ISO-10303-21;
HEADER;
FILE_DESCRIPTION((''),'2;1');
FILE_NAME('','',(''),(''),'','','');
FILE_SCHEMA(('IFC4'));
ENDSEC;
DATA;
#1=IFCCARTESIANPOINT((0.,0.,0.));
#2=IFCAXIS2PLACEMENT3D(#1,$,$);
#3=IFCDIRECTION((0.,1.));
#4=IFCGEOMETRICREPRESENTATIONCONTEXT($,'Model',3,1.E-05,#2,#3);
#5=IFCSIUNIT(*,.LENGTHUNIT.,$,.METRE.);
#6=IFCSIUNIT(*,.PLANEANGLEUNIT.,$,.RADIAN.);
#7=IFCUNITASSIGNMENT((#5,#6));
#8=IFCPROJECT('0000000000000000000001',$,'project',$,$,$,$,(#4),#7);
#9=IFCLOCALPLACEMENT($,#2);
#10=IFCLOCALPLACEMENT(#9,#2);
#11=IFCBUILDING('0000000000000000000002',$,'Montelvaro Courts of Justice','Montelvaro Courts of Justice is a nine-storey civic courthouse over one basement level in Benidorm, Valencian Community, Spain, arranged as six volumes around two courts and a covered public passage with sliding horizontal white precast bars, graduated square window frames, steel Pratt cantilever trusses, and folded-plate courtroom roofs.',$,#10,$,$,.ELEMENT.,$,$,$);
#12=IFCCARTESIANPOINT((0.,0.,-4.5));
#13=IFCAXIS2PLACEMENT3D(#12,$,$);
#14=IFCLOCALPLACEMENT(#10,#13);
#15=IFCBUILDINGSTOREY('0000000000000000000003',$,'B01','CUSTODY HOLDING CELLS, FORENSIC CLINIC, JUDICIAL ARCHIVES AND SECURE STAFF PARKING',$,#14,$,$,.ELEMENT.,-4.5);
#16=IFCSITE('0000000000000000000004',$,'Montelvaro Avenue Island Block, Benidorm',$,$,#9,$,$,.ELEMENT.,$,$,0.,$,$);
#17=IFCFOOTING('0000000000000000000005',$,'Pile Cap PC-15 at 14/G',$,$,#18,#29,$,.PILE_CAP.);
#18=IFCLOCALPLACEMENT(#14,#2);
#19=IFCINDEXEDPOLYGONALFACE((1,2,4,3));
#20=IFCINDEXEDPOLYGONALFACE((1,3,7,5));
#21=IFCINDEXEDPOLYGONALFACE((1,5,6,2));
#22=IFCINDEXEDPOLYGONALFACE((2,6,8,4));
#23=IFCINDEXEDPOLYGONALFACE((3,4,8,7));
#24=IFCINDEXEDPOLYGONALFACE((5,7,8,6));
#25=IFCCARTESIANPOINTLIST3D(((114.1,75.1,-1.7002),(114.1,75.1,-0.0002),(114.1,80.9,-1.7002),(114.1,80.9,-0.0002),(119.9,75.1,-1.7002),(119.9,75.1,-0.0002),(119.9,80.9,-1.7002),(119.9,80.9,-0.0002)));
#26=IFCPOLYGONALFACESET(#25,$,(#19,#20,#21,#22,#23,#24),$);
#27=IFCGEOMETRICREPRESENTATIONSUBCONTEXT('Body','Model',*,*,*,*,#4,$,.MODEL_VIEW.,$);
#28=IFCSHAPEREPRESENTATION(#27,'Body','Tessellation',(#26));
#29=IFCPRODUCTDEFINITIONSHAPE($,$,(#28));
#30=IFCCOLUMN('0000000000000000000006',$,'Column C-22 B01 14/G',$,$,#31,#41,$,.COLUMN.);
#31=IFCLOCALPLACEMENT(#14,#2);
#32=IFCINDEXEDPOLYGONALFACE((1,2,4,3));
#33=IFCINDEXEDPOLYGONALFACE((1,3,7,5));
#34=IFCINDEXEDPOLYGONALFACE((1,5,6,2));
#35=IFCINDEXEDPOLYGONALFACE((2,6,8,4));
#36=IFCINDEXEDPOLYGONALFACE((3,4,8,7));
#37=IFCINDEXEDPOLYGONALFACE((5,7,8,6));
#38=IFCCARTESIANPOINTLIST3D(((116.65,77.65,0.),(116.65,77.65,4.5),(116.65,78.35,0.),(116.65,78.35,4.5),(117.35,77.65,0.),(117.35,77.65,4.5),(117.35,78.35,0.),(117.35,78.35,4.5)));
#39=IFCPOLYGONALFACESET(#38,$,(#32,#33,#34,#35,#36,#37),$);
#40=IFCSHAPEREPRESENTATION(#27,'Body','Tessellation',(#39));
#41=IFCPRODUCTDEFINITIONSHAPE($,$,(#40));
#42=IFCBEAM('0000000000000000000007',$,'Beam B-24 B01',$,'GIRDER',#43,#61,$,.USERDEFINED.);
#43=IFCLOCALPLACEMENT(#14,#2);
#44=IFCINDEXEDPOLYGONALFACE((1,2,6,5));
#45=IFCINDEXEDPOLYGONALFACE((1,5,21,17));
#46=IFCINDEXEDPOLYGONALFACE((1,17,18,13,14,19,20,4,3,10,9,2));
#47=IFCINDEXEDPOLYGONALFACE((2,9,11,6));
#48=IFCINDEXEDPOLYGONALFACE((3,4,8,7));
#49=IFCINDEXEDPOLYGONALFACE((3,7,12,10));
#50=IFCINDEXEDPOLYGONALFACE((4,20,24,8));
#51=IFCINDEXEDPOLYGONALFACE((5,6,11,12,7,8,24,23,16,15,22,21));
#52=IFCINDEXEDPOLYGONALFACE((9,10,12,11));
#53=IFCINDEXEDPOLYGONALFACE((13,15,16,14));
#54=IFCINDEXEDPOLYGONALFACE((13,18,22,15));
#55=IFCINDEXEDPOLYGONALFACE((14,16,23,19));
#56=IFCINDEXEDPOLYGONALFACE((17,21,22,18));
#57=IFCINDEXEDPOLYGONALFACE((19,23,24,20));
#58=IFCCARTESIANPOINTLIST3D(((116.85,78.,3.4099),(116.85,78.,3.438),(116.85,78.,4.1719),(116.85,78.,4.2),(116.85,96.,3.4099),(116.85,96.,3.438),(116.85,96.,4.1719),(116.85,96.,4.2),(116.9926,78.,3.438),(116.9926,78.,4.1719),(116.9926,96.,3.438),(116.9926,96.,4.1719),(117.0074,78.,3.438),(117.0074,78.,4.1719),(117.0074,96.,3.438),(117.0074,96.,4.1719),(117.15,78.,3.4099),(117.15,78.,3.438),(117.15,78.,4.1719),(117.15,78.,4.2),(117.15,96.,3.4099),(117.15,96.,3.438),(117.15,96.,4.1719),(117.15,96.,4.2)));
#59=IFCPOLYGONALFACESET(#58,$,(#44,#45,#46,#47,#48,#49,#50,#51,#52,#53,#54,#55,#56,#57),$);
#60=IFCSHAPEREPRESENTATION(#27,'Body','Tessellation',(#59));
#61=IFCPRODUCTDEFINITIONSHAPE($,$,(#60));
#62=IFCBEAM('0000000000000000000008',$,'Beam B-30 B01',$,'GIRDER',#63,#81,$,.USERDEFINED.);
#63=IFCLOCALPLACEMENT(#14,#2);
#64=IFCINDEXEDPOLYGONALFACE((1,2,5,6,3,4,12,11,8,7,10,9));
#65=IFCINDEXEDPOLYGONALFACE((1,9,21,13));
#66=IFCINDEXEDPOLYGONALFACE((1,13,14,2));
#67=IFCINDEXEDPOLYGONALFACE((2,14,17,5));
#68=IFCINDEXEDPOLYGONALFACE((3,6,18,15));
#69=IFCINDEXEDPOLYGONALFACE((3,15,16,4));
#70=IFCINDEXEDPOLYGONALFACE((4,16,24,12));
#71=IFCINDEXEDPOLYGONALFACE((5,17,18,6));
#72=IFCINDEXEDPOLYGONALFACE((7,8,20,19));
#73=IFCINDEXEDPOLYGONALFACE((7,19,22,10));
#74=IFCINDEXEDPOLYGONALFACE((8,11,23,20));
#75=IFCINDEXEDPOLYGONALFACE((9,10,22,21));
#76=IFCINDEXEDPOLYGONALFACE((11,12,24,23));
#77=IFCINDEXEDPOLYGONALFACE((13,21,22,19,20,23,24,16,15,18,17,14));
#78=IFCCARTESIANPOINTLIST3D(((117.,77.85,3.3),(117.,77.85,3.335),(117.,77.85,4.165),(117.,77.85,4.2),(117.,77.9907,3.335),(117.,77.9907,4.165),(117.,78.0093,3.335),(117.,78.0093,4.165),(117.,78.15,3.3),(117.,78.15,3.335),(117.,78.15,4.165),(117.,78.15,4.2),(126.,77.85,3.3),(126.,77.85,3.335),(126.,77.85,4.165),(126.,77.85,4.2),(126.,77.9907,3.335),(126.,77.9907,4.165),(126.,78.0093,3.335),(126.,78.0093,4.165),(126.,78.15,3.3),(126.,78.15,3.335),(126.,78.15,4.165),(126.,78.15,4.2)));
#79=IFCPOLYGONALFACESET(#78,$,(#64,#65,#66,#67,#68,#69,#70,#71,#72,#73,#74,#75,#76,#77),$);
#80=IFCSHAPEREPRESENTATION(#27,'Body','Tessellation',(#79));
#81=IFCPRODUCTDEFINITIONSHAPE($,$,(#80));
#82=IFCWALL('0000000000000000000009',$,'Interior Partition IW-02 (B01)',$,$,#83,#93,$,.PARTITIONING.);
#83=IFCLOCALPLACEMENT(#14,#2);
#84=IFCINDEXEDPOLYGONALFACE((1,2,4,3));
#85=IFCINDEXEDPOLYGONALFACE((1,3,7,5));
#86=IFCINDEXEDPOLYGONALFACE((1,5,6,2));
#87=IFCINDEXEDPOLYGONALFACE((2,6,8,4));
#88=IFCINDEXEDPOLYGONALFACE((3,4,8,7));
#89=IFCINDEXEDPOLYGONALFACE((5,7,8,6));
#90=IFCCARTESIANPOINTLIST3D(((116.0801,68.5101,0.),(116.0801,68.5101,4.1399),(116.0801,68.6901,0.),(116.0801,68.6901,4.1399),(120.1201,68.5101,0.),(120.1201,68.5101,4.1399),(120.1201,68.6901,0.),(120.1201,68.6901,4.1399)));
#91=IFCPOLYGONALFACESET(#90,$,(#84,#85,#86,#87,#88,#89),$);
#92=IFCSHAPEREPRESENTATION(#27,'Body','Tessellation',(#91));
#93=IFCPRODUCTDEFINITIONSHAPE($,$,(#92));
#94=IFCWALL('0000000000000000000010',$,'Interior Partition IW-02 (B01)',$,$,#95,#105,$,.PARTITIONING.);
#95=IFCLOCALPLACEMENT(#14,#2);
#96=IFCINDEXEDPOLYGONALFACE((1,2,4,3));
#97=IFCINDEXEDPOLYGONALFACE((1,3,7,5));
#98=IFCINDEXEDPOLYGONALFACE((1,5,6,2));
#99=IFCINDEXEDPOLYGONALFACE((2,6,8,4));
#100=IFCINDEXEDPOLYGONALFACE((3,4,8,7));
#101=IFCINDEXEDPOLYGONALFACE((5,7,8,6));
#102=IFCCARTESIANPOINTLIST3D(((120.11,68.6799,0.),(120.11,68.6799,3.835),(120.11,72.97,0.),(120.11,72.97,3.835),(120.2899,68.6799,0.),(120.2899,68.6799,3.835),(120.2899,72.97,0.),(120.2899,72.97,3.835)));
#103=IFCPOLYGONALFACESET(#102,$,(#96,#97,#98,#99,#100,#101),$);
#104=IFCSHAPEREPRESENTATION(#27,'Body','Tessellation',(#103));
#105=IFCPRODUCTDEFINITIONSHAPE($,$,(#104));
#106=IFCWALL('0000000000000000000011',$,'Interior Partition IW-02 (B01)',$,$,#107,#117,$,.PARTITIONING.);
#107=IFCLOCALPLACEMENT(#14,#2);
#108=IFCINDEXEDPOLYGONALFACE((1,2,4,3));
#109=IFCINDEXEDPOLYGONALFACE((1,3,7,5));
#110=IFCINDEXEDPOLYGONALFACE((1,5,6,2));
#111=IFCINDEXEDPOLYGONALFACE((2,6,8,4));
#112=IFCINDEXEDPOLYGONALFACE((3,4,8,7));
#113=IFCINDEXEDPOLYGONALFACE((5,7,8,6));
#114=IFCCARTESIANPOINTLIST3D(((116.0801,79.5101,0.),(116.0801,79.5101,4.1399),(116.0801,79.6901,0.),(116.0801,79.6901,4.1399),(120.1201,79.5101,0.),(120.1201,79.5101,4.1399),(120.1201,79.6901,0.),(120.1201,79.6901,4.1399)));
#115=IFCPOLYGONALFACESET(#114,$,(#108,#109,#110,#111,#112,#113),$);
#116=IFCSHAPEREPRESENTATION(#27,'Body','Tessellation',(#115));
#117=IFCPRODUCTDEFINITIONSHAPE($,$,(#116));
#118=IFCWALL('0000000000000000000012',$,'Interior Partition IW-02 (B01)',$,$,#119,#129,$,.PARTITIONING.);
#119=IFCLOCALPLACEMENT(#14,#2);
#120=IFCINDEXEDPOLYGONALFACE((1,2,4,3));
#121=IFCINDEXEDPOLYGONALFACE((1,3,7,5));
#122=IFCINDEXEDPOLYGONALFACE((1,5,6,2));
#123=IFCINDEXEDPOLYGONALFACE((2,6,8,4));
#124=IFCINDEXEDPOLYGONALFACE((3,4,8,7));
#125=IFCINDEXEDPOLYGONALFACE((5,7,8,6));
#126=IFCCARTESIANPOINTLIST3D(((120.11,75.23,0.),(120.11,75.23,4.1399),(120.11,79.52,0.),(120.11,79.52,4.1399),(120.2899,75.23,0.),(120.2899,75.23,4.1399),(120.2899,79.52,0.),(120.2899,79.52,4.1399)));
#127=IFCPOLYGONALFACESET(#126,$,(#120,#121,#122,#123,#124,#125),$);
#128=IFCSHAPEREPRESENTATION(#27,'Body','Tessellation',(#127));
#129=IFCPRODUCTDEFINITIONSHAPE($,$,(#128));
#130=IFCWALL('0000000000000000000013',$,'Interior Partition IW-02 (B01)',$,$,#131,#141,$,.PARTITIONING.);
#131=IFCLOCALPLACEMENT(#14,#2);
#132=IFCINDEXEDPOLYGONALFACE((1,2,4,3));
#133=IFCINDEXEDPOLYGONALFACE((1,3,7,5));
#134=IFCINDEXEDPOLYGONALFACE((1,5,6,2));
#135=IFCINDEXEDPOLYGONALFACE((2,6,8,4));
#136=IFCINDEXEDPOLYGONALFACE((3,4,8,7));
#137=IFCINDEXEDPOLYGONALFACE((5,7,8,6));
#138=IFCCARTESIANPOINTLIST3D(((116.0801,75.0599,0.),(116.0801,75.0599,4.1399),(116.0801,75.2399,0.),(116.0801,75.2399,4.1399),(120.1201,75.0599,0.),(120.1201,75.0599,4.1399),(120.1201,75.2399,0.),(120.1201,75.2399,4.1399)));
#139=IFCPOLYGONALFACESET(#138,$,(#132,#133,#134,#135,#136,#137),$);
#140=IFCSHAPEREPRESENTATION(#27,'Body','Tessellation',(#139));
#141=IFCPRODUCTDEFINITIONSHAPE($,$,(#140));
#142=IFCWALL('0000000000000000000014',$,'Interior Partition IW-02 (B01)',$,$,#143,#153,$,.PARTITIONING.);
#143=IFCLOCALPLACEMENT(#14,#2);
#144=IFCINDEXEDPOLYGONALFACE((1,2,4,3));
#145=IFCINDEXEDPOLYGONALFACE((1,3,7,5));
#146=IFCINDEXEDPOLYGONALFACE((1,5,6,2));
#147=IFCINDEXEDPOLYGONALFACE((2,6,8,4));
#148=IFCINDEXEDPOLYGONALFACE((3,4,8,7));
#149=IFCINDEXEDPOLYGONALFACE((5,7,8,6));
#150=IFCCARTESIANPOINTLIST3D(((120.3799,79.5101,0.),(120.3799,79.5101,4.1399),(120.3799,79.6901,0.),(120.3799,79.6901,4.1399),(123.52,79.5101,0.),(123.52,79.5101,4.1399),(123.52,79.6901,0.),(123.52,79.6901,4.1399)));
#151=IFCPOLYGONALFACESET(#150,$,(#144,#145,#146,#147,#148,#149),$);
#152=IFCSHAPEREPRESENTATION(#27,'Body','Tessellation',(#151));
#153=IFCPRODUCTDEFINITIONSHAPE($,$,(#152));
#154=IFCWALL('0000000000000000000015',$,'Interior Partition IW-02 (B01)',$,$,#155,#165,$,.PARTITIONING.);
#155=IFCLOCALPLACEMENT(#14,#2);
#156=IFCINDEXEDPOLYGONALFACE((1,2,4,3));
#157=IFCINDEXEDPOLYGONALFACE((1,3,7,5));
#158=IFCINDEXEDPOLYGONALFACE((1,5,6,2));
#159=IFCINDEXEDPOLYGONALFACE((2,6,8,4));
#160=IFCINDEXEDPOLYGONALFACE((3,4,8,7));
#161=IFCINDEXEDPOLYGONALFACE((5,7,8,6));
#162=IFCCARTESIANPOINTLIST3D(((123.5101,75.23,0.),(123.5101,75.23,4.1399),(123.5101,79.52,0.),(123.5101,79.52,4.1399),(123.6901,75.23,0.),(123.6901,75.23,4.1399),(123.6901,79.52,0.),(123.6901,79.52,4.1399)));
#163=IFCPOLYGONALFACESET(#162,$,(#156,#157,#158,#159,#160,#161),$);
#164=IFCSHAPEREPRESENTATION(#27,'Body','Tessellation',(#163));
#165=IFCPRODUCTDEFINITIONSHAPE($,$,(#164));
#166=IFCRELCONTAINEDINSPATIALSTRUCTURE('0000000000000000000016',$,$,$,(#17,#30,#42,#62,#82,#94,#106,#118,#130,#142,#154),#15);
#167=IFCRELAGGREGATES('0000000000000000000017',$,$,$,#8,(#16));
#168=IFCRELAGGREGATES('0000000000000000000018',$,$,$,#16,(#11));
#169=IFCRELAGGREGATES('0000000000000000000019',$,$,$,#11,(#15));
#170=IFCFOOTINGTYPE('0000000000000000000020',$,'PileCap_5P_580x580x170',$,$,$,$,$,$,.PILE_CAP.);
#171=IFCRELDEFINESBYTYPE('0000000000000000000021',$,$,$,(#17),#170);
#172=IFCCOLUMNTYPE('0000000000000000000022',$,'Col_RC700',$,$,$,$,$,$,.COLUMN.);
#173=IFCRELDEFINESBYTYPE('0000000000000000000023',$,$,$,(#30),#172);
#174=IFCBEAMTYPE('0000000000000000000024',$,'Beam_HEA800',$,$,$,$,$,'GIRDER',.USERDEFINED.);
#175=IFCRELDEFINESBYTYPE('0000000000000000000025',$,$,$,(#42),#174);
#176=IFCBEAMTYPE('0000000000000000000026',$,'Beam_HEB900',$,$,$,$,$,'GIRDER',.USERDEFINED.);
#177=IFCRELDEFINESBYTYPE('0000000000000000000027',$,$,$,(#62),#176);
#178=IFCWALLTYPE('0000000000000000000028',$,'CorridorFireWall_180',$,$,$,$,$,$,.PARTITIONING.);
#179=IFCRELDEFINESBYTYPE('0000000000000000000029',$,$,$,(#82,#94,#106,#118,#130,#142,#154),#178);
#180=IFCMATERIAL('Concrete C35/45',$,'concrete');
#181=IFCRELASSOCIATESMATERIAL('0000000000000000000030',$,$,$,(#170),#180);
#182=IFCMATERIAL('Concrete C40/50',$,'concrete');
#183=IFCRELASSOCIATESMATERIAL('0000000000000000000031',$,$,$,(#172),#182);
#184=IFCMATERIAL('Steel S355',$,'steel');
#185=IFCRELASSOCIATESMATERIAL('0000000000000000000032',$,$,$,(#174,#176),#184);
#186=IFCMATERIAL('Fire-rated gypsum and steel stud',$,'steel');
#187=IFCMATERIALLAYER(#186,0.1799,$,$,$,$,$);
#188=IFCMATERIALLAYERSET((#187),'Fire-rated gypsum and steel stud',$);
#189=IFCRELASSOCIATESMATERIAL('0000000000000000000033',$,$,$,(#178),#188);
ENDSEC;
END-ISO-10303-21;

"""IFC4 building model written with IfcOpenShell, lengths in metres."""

from ifc_helpers import new_model, si_unit, direction, frame, frame_2d, origin, origin_2d, place, context, subcontext, project, spatial, rectangle, i_section, extrude, material, layer, layer_set, material_profile, profile_set, type_object, element, save


model = new_model("IFC4")

# Units and contexts
model_context = context("Model", 3, precision=1e-05, world=origin(), true_north=direction((0.0, 1.0)))
body_context = subcontext(model_context, "Body", "Model", "MODEL_VIEW")
ifc_project = project(units=[si_unit("LENGTHUNIT", "METRE"), si_unit("PLANEANGLEUNIT", "RADIAN")], contexts=[model_context])

# Site, building, storey
site_placement = place(None, origin())
site = spatial("IfcSite", under=ifc_project, at=site_placement, Name="Montelvaro Avenue Island Block, Benidorm", CompositionType="ELEMENT", RefElevation=0.0)
building_placement = place(site_placement, origin())
building = spatial("IfcBuilding", under=site, at=building_placement, Name="Montelvaro Courts of Justice", Description="Montelvaro Courts of Justice is a nine-storey civic courthouse over one basement level in Benidorm, Valencian Community, Spain, arranged as six volumes around two courts and a covered public passage with sliding horizontal white precast bars, graduated square window frames, steel Pratt cantilever trusses, and folded-plate courtroom roofs.", CompositionType="ELEMENT")
storey_placement = place(building_placement, frame((0.0, 0.0, -4.5)))
storey = spatial("IfcBuildingStorey", under=building, at=storey_placement, Name="B01", Description="CUSTODY HOLDING CELLS, FORENSIC CLINIC, JUDICIAL ARCHIVES AND SECURE STAFF PARKING", CompositionType="ELEMENT", Elevation=-4.5)

# Shared definitions
ifc_material_1 = material(Name="Concrete C35/45", Category="concrete")

# Footing
footing_type = type_object("IfcFootingType", Name="PileCap_5P_580x580x170", PredefinedType="PILE_CAP", material=ifc_material_1)
footing_placement = place(storey_placement, frame((117.0, 78.0, -1.7002), z_axis=(0.0, 0.0, 1.0), x_axis=(1.0, 0.0, 0.0)))
element("IfcFooting", 1, at=footing_placement, inside=storey, type_object=footing_type, Name="Pile Cap PC-15 at 14/G", PredefinedType="PILE_CAP", context=body_context, shape_type="SweptSolid", body=[
    extrude(rectangle(XDim=5.8, YDim=5.8, at=origin_2d()), origin(), (0.0, 0.0, 1.0), 1.7),
])

# Column
ifc_material_2 = material(Name="Concrete C40/50", Category="concrete")
ifc_material_profile_1 = material_profile(ifc_material_2, rectangle(XDim=0.7, YDim=0.7, at=origin_2d()), Name="RC 700x700")
ifc_profile_set_1 = profile_set([ifc_material_profile_1], Name="Concrete C40/50")
column_type = type_object("IfcColumnType", Name="Col_RC700", PredefinedType="COLUMN", material=ifc_profile_set_1)
column_placement = place(storey_placement, frame((117.0, 78.0, 0.0), z_axis=(0.0, 0.0, 1.0), x_axis=(1.0, 0.0, 0.0)))
element("IfcColumn", 2, at=column_placement, inside=storey, type_object=column_type, Name="Column C-22 B01 14/G", PredefinedType="COLUMN", context=body_context, shape_type="SweptSolid", body=[
    extrude(rectangle(XDim=0.7, YDim=0.7, at=origin_2d()), origin(), (0.0, 0.0, 1.0), 4.5),
])

# Beams
ifc_material_3 = material(Name="Steel S355", Category="steel")
ifc_material_profile_2 = material_profile(ifc_material_3, i_section(OverallWidth=0.3, OverallDepth=0.79, WebThickness=0.0149, FlangeThickness=0.0281, at=origin_2d()), Name="HEA 800")
ifc_profile_set_2 = profile_set([ifc_material_profile_2], Name="Steel S355")
beam_type_1 = type_object("IfcBeamType", Name="Beam_HEA800", ElementType="GIRDER", PredefinedType="USERDEFINED", material=ifc_profile_set_2)
beam_1_placement = place(storey_placement, frame((117.0, 78.0, 3.8049), z_axis=(0.0, 1.0, 0.0), x_axis=(-1.0, 0.0, 0.0)))
element("IfcBeam", 3, at=beam_1_placement, inside=storey, type_object=beam_type_1, Name="Beam B-24 B01", ObjectType="GIRDER", PredefinedType="USERDEFINED", context=body_context, shape_type="SweptSolid", body=[
    extrude(i_section(OverallWidth=0.3, OverallDepth=0.79, WebThickness=0.0149, FlangeThickness=0.0281, at=origin_2d()), origin(), (0.0, 0.0, 1.0), 18.0),
])
ifc_material_profile_3 = material_profile(ifc_material_3, i_section(OverallWidth=0.3, OverallDepth=0.8999, WebThickness=0.0186, FlangeThickness=0.0349, at=origin_2d()), Name="HEB 900")
ifc_profile_set_3 = profile_set([ifc_material_profile_3], Name="Steel S355")
beam_type_2 = type_object("IfcBeamType", Name="Beam_HEB900", ElementType="GIRDER", PredefinedType="USERDEFINED", material=ifc_profile_set_3)
beam_2_placement = place(storey_placement, frame((117.0, 78.0, 3.75), z_axis=(1.0, 0.0, 0.0), x_axis=(0.0, 1.0, 0.0)))
element("IfcBeam", 4, at=beam_2_placement, inside=storey, type_object=beam_type_2, Name="Beam B-30 B01", ObjectType="GIRDER", PredefinedType="USERDEFINED", context=body_context, shape_type="SweptSolid", body=[
    extrude(i_section(OverallWidth=0.3, OverallDepth=0.8999, WebThickness=0.0186, FlangeThickness=0.0349, at=origin_2d()), origin(), (0.0, 0.0, 1.0), 9.0),
])

# Walls
ifc_material_4 = material(Name="Fire-rated gypsum and steel stud", Category="steel")
ifc_layer = layer(ifc_material_4, 0.1799)
ifc_layer_set = layer_set([ifc_layer], Name="Fire-rated gypsum and steel stud")
wall_type = type_object("IfcWallType", Name="CorridorFireWall_180", PredefinedType="PARTITIONING", material=ifc_layer_set)
wall_1_placement = place(storey_placement, frame((120.1201, 68.6001, 0.0), z_axis=(0.0, 0.0, 1.0), x_axis=(-1.0, 0.0, 0.0)))
element("IfcWall", 5, at=wall_1_placement, inside=storey, type_object=wall_type, Name="Interior Partition IW-02 (B01)", PredefinedType="PARTITIONING", context=body_context, shape_type="SweptSolid", body=[
    extrude(rectangle(XDim=4.04, YDim=0.1799, at=frame_2d((2.02, 0.0))), origin(), (0.0, 0.0, 1.0), 4.1399),
])
wall_2_placement = place(storey_placement, frame((120.2, 72.97, 0.0), z_axis=(0.0, 0.0, 1.0), x_axis=(0.0, -1.0, 0.0)))
element("IfcWall", 6, at=wall_2_placement, inside=storey, type_object=wall_type, Name="Interior Partition IW-02 (B01)", PredefinedType="PARTITIONING", context=body_context, shape_type="SweptSolid", body=[
    extrude(rectangle(XDim=4.29, YDim=0.1799, at=frame_2d((2.145, 0.0))), origin(), (0.0, 0.0, 1.0), 3.835),
])
wall_3_placement = place(storey_placement, frame((116.0801, 79.6001, 0.0), z_axis=(0.0, 0.0, 1.0), x_axis=(1.0, 0.0, 0.0)))
element("IfcWall", 7, at=wall_3_placement, inside=storey, type_object=wall_type, Name="Interior Partition IW-02 (B01)", PredefinedType="PARTITIONING", context=body_context, shape_type="SweptSolid", body=[
    extrude(rectangle(XDim=4.04, YDim=0.1799, at=frame_2d((2.02, 0.0))), origin(), (0.0, 0.0, 1.0), 4.1399),
])
wall_4_placement = place(storey_placement, frame((120.2, 79.52, 0.0), z_axis=(0.0, 0.0, 1.0), x_axis=(0.0, -1.0, 0.0)))
element("IfcWall", 8, at=wall_4_placement, inside=storey, type_object=wall_type, Name="Interior Partition IW-02 (B01)", PredefinedType="PARTITIONING", context=body_context, shape_type="SweptSolid", body=[
    extrude(rectangle(XDim=4.29, YDim=0.1799, at=frame_2d((2.145, 0.0))), origin(), (0.0, 0.0, 1.0), 4.1399),
])
wall_5_placement = place(storey_placement, frame((120.1201, 75.1499, 0.0), z_axis=(0.0, 0.0, 1.0), x_axis=(-1.0, 0.0, 0.0)))
element("IfcWall", 9, at=wall_5_placement, inside=storey, type_object=wall_type, Name="Interior Partition IW-02 (B01)", PredefinedType="PARTITIONING", context=body_context, shape_type="SweptSolid", body=[
    extrude(rectangle(XDim=4.04, YDim=0.1799, at=frame_2d((2.02, 0.0))), origin(), (0.0, 0.0, 1.0), 4.1399),
])
wall_6_placement = place(storey_placement, frame((120.3799, 79.6001, 0.0), z_axis=(0.0, 0.0, 1.0), x_axis=(1.0, 0.0, 0.0)))
element("IfcWall", 10, at=wall_6_placement, inside=storey, type_object=wall_type, Name="Interior Partition IW-02 (B01)", PredefinedType="PARTITIONING", context=body_context, shape_type="SweptSolid", body=[
    extrude(rectangle(XDim=3.1401, YDim=0.1799, at=frame_2d((1.5701, 0.0))), origin(), (0.0, 0.0, 1.0), 4.1399),
])
wall_7_placement = place(storey_placement, frame((123.6001, 79.52, 0.0), z_axis=(0.0, 0.0, 1.0), x_axis=(0.0, -1.0, 0.0)))
element("IfcWall", 11, at=wall_7_placement, inside=storey, type_object=wall_type, Name="Interior Partition IW-02 (B01)", PredefinedType="PARTITIONING", context=body_context, shape_type="SweptSolid", body=[
    extrude(rectangle(XDim=4.29, YDim=0.1799, at=frame_2d((2.145, 0.0))), origin(), (0.0, 0.0, 1.0), 4.1399),
])

save(model, "model.ifc")
